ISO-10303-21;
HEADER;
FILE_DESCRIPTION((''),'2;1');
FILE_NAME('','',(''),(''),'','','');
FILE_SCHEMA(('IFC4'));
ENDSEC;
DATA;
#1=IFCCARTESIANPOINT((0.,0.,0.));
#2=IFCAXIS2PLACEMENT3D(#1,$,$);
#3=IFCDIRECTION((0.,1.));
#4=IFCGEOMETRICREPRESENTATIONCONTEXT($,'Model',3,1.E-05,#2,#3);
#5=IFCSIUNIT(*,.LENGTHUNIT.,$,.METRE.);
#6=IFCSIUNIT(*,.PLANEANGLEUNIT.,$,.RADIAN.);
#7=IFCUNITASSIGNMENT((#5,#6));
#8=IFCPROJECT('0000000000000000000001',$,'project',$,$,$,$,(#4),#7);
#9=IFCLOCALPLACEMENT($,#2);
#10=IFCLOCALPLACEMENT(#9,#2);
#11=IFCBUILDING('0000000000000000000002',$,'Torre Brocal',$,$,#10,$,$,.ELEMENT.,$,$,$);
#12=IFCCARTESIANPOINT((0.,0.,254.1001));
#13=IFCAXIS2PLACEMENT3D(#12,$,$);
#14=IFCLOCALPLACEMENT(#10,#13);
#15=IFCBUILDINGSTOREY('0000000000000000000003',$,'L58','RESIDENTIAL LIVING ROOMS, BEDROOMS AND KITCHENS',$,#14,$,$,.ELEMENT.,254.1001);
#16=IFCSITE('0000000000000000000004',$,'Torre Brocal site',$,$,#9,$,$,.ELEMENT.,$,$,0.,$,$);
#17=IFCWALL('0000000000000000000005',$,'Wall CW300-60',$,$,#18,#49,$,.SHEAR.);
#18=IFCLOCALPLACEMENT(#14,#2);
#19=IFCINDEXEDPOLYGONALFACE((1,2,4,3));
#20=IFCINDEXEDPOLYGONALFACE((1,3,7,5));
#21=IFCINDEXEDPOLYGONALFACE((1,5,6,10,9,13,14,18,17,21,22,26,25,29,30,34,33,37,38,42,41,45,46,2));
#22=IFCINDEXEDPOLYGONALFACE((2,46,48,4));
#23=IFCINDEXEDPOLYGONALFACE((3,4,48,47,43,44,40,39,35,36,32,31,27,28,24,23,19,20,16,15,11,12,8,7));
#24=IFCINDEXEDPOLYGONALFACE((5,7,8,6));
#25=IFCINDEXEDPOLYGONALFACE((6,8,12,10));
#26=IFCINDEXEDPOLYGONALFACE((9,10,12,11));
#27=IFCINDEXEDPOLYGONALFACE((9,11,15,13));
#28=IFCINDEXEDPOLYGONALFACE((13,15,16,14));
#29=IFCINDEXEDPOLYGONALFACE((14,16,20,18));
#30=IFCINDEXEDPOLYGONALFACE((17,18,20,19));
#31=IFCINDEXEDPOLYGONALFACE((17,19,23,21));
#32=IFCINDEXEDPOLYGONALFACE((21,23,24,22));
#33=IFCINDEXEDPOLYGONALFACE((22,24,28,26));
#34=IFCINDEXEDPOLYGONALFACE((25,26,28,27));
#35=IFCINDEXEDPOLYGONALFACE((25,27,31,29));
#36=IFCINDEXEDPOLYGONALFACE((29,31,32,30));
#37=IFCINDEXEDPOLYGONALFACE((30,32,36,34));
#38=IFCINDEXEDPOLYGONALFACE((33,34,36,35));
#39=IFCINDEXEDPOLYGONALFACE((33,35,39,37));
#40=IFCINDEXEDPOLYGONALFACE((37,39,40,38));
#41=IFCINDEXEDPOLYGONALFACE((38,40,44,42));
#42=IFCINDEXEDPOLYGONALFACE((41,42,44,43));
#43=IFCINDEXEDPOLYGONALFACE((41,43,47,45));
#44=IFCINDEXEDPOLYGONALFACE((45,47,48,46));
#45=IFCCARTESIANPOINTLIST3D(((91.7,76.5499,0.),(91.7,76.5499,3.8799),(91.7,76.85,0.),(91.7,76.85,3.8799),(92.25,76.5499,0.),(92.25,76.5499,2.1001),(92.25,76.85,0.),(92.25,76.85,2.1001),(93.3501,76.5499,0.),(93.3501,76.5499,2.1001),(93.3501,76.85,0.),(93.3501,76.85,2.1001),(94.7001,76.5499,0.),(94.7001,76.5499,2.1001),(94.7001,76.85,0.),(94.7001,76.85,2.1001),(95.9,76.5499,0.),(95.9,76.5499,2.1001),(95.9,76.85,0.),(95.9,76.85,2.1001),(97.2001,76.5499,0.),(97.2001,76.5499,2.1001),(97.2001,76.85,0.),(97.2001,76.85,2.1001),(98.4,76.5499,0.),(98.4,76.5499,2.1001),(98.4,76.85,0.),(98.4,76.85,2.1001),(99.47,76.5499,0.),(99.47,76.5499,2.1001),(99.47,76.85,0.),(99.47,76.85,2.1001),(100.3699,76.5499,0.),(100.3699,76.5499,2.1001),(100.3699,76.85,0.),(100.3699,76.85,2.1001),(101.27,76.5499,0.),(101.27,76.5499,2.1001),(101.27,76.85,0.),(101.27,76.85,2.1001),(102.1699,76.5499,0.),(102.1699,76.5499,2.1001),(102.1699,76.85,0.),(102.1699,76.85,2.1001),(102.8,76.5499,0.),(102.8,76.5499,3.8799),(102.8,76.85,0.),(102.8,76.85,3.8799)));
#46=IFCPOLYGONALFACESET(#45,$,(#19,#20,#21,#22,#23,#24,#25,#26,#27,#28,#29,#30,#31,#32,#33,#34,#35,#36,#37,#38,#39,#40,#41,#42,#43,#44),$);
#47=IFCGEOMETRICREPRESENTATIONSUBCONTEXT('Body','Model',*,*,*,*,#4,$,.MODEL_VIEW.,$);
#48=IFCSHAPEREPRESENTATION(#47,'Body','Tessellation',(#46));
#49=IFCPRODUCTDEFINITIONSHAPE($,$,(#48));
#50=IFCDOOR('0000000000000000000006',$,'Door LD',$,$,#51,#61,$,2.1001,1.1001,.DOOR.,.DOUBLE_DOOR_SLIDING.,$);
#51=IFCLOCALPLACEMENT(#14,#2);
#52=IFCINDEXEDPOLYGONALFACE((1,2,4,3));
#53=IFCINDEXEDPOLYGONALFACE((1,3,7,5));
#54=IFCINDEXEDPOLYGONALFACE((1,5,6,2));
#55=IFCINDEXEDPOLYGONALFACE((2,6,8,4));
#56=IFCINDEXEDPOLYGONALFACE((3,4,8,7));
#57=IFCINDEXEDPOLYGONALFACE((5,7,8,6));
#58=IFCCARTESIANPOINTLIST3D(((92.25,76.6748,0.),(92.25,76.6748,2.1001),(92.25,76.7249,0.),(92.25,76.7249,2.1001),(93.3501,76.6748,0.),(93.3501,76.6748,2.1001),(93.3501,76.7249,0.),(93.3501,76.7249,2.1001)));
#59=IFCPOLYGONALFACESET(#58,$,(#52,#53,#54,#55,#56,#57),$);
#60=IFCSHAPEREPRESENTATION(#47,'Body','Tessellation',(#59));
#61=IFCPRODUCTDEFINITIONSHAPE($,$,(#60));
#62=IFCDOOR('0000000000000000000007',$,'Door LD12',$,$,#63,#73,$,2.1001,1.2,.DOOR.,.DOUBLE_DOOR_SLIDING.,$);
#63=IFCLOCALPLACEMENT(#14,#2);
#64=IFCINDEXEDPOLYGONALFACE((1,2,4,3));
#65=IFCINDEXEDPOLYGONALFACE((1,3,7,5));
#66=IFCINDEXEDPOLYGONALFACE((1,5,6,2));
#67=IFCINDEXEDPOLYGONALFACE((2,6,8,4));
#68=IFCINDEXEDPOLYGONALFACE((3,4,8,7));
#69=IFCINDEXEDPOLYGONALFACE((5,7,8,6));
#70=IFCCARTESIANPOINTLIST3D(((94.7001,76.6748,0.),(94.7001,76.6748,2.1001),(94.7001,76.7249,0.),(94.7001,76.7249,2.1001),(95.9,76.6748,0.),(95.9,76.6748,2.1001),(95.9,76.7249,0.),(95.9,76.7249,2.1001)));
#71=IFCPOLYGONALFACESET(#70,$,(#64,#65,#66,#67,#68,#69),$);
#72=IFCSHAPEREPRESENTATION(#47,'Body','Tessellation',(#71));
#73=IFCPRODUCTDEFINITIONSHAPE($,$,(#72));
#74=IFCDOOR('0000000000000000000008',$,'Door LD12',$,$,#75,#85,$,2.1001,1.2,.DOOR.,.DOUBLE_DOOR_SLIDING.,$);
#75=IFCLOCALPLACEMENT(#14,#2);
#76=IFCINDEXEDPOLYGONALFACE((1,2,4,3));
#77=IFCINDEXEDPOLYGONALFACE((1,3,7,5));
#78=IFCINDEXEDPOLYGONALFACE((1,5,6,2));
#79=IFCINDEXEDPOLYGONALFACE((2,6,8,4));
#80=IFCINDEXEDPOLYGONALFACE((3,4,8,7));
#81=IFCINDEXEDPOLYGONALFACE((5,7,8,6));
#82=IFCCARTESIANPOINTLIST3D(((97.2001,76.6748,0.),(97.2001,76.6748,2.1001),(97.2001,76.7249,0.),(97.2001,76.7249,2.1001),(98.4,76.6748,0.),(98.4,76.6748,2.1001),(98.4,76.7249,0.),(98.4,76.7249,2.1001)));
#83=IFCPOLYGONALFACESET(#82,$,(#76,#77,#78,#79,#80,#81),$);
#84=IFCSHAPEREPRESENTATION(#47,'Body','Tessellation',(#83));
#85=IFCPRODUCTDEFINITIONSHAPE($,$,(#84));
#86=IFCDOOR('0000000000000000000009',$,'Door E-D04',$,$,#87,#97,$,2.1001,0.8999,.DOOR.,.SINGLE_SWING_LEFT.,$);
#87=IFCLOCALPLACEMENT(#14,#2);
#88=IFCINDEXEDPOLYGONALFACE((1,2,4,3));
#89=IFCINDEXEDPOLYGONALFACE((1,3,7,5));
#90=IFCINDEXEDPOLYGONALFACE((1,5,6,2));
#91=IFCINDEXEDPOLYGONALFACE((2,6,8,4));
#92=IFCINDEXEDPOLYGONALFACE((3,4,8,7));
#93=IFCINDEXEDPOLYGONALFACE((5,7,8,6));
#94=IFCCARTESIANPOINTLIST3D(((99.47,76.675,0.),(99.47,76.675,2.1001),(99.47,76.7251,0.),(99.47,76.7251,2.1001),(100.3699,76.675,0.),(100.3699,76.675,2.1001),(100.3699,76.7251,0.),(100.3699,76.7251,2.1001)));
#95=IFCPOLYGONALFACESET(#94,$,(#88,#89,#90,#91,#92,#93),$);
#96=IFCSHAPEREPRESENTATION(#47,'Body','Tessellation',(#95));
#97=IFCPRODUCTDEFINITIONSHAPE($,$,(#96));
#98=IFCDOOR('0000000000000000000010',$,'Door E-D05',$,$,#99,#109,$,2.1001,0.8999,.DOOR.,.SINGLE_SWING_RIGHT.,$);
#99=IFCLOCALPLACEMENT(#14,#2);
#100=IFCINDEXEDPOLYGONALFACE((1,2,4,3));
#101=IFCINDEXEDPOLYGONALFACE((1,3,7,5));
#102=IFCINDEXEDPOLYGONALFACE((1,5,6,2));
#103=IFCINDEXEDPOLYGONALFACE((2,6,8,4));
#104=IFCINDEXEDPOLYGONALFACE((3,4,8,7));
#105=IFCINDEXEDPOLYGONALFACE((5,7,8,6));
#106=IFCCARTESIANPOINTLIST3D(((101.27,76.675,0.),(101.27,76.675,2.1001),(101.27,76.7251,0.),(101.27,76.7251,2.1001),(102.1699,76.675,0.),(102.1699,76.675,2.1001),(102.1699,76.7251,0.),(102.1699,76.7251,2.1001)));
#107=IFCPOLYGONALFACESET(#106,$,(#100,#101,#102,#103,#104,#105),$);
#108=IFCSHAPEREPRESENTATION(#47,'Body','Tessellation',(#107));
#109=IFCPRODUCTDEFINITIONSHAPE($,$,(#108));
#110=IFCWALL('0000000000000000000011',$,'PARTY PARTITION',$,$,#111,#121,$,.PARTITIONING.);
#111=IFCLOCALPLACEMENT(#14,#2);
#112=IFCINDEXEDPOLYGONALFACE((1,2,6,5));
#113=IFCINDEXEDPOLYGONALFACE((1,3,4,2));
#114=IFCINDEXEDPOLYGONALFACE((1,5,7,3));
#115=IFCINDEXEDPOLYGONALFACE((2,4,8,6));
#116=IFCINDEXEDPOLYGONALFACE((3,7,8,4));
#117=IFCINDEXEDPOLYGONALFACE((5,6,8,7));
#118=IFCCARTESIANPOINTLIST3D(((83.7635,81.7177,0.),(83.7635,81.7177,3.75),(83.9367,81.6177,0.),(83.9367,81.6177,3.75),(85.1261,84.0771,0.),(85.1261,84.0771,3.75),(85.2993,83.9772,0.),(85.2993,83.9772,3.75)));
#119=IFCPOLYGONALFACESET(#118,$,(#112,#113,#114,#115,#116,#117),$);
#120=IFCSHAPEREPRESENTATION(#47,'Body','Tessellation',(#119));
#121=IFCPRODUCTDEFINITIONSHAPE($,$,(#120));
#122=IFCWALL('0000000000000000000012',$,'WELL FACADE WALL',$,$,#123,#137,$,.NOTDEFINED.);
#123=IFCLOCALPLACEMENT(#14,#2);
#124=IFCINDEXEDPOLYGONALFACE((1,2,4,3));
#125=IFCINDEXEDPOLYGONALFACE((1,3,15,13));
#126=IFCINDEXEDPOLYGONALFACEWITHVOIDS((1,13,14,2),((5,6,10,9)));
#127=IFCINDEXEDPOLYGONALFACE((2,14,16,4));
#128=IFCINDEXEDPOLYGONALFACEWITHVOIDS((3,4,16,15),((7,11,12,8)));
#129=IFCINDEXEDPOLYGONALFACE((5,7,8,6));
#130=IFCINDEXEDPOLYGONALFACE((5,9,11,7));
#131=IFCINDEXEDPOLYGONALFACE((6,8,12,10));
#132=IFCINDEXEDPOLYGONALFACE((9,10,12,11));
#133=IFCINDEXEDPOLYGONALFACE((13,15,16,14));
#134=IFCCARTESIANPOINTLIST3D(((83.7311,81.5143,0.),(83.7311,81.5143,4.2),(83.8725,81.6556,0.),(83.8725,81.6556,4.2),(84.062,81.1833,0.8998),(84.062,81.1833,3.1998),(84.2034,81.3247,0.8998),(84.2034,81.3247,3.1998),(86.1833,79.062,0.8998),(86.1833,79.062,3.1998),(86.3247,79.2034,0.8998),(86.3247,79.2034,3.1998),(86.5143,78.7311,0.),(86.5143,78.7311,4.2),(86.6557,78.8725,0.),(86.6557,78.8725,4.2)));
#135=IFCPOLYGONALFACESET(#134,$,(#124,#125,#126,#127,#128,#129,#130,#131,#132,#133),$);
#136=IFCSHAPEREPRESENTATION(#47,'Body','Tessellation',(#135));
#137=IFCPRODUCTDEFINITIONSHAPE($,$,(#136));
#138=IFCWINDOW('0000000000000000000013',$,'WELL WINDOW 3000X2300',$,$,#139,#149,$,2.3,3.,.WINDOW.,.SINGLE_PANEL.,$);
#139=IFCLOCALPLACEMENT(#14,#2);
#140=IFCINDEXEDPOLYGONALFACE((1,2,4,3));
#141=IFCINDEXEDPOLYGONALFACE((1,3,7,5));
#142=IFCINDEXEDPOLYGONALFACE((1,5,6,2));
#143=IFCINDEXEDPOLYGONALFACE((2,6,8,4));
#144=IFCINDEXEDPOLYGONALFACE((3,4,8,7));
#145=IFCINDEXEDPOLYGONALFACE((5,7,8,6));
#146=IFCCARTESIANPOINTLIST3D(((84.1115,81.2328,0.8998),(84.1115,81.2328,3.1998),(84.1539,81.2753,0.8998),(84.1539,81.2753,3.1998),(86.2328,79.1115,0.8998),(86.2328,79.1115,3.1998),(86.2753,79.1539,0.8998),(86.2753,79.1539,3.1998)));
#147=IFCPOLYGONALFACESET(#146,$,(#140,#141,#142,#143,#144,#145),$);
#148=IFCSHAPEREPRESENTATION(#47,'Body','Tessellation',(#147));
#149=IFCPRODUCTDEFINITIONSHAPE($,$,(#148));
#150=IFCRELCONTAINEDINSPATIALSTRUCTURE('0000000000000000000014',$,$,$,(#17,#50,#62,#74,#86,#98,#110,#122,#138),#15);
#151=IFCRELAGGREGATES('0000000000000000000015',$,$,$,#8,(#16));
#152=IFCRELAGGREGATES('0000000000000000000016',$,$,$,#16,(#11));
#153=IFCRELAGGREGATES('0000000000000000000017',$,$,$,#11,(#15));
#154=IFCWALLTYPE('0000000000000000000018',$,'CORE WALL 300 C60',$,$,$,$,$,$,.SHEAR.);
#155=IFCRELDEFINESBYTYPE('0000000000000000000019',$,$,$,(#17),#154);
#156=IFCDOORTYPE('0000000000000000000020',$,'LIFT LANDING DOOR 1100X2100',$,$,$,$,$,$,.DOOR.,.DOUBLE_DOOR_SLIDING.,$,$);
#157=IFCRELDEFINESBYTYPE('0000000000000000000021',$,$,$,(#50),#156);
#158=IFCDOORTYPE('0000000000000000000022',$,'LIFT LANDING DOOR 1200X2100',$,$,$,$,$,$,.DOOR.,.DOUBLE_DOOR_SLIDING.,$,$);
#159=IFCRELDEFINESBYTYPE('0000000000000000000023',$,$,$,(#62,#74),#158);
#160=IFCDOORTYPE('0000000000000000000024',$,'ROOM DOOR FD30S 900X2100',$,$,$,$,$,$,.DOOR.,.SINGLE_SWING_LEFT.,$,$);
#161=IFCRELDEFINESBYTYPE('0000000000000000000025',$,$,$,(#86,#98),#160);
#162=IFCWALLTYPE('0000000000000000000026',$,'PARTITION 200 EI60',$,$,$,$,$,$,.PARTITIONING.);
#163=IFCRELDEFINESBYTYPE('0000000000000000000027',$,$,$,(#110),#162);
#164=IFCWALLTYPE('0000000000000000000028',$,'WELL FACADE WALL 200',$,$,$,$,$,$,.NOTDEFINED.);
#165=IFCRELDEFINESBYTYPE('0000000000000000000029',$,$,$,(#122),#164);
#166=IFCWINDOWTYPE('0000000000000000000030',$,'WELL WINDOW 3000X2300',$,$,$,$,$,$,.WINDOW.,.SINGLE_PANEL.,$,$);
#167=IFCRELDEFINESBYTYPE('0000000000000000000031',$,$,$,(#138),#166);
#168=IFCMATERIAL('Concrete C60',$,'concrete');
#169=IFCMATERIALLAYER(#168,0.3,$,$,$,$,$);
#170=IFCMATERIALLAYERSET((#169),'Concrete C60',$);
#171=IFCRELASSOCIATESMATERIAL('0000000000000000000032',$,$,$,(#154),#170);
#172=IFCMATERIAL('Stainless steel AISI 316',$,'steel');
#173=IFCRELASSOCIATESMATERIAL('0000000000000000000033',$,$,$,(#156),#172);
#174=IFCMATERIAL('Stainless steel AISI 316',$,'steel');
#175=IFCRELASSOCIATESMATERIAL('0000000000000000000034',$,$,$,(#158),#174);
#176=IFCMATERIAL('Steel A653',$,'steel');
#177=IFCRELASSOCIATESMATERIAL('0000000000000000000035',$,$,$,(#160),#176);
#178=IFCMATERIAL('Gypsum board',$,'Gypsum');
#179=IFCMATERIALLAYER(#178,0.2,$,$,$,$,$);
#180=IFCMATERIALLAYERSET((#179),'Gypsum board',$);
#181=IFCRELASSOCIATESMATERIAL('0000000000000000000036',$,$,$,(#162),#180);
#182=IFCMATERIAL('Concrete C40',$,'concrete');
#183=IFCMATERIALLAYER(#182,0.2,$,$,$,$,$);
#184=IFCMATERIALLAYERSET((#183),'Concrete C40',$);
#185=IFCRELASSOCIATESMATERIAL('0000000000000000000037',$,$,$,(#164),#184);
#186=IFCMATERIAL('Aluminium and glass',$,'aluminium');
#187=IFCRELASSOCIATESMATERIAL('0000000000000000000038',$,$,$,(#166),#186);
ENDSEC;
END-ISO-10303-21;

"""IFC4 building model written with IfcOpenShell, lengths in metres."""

from ifc_helpers import new_model, si_unit, direction, frame, frame_2d, origin, place, context, subcontext, project, spatial, rectangle, extrude, material, layer, layer_set, type_object, element, fill, save


model = new_model("IFC4")

# Units and contexts
model_context = context("Model", 3, precision=1e-05, world=origin(), true_north=direction((0.0, 1.0)))
body_context = subcontext(model_context, "Body", "Model", "MODEL_VIEW")
ifc_project = project(units=[si_unit("LENGTHUNIT", "METRE"), si_unit("PLANEANGLEUNIT", "RADIAN")], contexts=[model_context])

# Site, building, storey
site_placement = place(None, origin())
site = spatial("IfcSite", under=ifc_project, at=site_placement, Name="Torre Brocal site", CompositionType="ELEMENT", RefElevation=0.0)
building_placement = place(site_placement, origin())
building = spatial("IfcBuilding", under=site, at=building_placement, Name="Torre Brocal", CompositionType="ELEMENT")
storey_placement = place(building_placement, frame((0.0, 0.0, 254.1001)))
storey = spatial("IfcBuildingStorey", under=building, at=storey_placement, Name="L58", Description="RESIDENTIAL LIVING ROOMS, BEDROOMS AND KITCHENS", CompositionType="ELEMENT", Elevation=254.1001)

# Shared definitions
ifc_material_1 = material(Name="Concrete C60", Category="concrete")
ifc_layer_1 = layer(ifc_material_1, 0.3)
ifc_layer_set_1 = layer_set([ifc_layer_1], Name="Concrete C60")
wall_type_1 = type_object("IfcWallType", Name="CORE WALL 300 C60", PredefinedType="SHEAR", material=ifc_layer_set_1)

# Wall, openings, doors
wall_1_placement = place(storey_placement, frame((91.7, 76.7, 0.0), z_axis=(0.0, 0.0, 1.0), x_axis=(1.0, 0.0, 0.0)))
wall_1 = element("IfcWall", 1, at=wall_1_placement, inside=storey, type_object=wall_type_1, Name="Wall CW300-60", PredefinedType="SHEAR", context=body_context, shape_type="SweptSolid", body=[
    extrude(rectangle(XDim=11.1001, YDim=0.3, at=frame_2d((5.55, 0.0))), origin(), (0.0, 0.0, 1.0), 3.8799),
])
opening_1_placement = place(wall_1_placement, frame((0.55, 0.0, 0.0)))
opening_1 = element("IfcOpeningElement", 2, at=opening_1_placement, cuts=wall_1, PredefinedType="OPENING", context=body_context, shape_type="SweptSolid", body=[
    extrude(rectangle(XDim=1.1001, YDim=2.1001, at=frame_2d((0.55, 1.05))), frame((0.0, 0.1599, 0.0), z_axis=(0.0, -1.0, 0.0), x_axis=(1.0, 0.0, 0.0)), (0.0, 0.0, 1.0), 0.3201),
])
opening_2_placement = place(wall_1_placement, frame((3.0, 0.0, 0.0)))
opening_2 = element("IfcOpeningElement", 3, at=opening_2_placement, cuts=wall_1, PredefinedType="OPENING", context=body_context, shape_type="SweptSolid", body=[
    extrude(rectangle(XDim=1.2, YDim=2.1001, at=frame_2d((0.6001, 1.05))), frame((0.0, 0.1599, 0.0), z_axis=(0.0, -1.0, 0.0), x_axis=(1.0, 0.0, 0.0)), (0.0, 0.0, 1.0), 0.3201),
])
opening_3_placement = place(wall_1_placement, frame((5.5, 0.0, 0.0)))
opening_3 = element("IfcOpeningElement", 4, at=opening_3_placement, cuts=wall_1, PredefinedType="OPENING", context=body_context, shape_type="SweptSolid", body=[
    extrude(rectangle(XDim=1.2, YDim=2.1001, at=frame_2d((0.6001, 1.05))), frame((0.0, 0.1599, 0.0), z_axis=(0.0, -1.0, 0.0), x_axis=(1.0, 0.0, 0.0)), (0.0, 0.0, 1.0), 0.3201),
])
opening_4_placement = place(wall_1_placement, frame((7.77, 0.0, 0.0)))
opening_4 = element("IfcOpeningElement", 5, at=opening_4_placement, cuts=wall_1, PredefinedType="OPENING", context=body_context, shape_type="SweptSolid", body=[
    extrude(rectangle(XDim=0.8999, YDim=2.1001, at=frame_2d((0.45, 1.05))), frame((0.0, 0.1599, 0.0), z_axis=(0.0, -1.0, 0.0), x_axis=(1.0, 0.0, 0.0)), (0.0, 0.0, 1.0), 0.3201),
])
opening_5_placement = place(wall_1_placement, frame((9.5701, 0.0, 0.0)))
opening_5 = element("IfcOpeningElement", 6, at=opening_5_placement, cuts=wall_1, PredefinedType="OPENING", context=body_context, shape_type="SweptSolid", body=[
    extrude(rectangle(XDim=0.8999, YDim=2.1001, at=frame_2d((0.45, 1.05))), frame((0.0, 0.1599, 0.0), z_axis=(0.0, -1.0, 0.0), x_axis=(1.0, 0.0, 0.0)), (0.0, 0.0, 1.0), 0.3201),
])
ifc_material_2 = material(Name="Stainless steel AISI 316", Category="steel")
door_type_1 = type_object("IfcDoorType", Name="LIFT LANDING DOOR 1100X2100", OperationType="DOUBLE_DOOR_SLIDING", PredefinedType="DOOR", material=ifc_material_2)
door_1_placement = place(opening_1_placement, origin())
door_1 = element("IfcDoor", 7, at=door_1_placement, inside=storey, type_object=door_type_1, Name="Door LD", OperationType="DOUBLE_DOOR_SLIDING", OverallHeight=2.1001, OverallWidth=1.1001, PredefinedType="DOOR", context=body_context, shape_type="SweptSolid", body=[
    extrude(rectangle(XDim=1.1001, YDim=2.1001, at=frame_2d((0.55, 1.05))), frame((0.0, 0.0249, 0.0), z_axis=(0.0, -1.0, 0.0), x_axis=(1.0, 0.0, 0.0)), (0.0, 0.0, 1.0), 0.05),
])
fill(opening_1, door_1)
ifc_material_3 = material(Name="Stainless steel AISI 316", Category="steel")
door_type_2 = type_object("IfcDoorType", Name="LIFT LANDING DOOR 1200X2100", OperationType="DOUBLE_DOOR_SLIDING", PredefinedType="DOOR", material=ifc_material_3)
door_2_placement = place(opening_2_placement, origin())
door_2 = element("IfcDoor", 8, at=door_2_placement, inside=storey, type_object=door_type_2, Name="Door LD12", OperationType="DOUBLE_DOOR_SLIDING", OverallHeight=2.1001, OverallWidth=1.2, PredefinedType="DOOR", context=body_context, shape_type="SweptSolid", body=[
    extrude(rectangle(XDim=1.2, YDim=2.1001, at=frame_2d((0.6001, 1.05))), frame((0.0, 0.0249, 0.0), z_axis=(0.0, -1.0, 0.0), x_axis=(1.0, 0.0, 0.0)), (0.0, 0.0, 1.0), 0.05),
])
fill(opening_2, door_2)
door_3_placement = place(opening_3_placement, origin())
door_3 = element("IfcDoor", 9, at=door_3_placement, inside=storey, type_object=door_type_2, Name="Door LD12", OperationType="DOUBLE_DOOR_SLIDING", OverallHeight=2.1001, OverallWidth=1.2, PredefinedType="DOOR", context=body_context, shape_type="SweptSolid", body=[
    extrude(rectangle(XDim=1.2, YDim=2.1001, at=frame_2d((0.6001, 1.05))), frame((0.0, 0.0249, 0.0), z_axis=(0.0, -1.0, 0.0), x_axis=(1.0, 0.0, 0.0)), (0.0, 0.0, 1.0), 0.05),
])
fill(opening_3, door_3)
ifc_material_4 = material(Name="Steel A653", Category="steel")
door_type_3 = type_object("IfcDoorType", Name="ROOM DOOR FD30S 900X2100", OperationType="SINGLE_SWING_LEFT", PredefinedType="DOOR", material=ifc_material_4)
door_4_placement = place(opening_4_placement, frame((0.8999, 0.0, 0.0), z_axis=(0.0, 0.0, 1.0), x_axis=(-1.0, 0.0, 0.0)))
door_4 = element("IfcDoor", 10, at=door_4_placement, inside=storey, type_object=door_type_3, Name="Door E-D04", OperationType="SINGLE_SWING_LEFT", OverallHeight=2.1001, OverallWidth=0.8999, PredefinedType="DOOR", context=body_context, shape_type="SweptSolid", body=[
    extrude(rectangle(XDim=0.8999, YDim=2.1001, at=frame_2d((0.45, 1.05))), frame((0.0, 0.0249, 0.0), z_axis=(0.0, -1.0, 0.0), x_axis=(1.0, 0.0, 0.0)), (0.0, 0.0, 1.0), 0.05),
])
fill(opening_4, door_4)
door_5_placement = place(opening_5_placement, frame((0.8999, 0.0, 0.0), z_axis=(0.0, 0.0, 1.0), x_axis=(-1.0, 0.0, 0.0)))
door_5 = element("IfcDoor", 11, at=door_5_placement, inside=storey, type_object=door_type_3, Name="Door E-D05", OperationType="SINGLE_SWING_RIGHT", OverallHeight=2.1001, OverallWidth=0.8999, PredefinedType="DOOR", context=body_context, shape_type="SweptSolid", body=[
    extrude(rectangle(XDim=0.8999, YDim=2.1001, at=frame_2d((0.45, 1.05))), frame((0.0, 0.0249, 0.0), z_axis=(0.0, -1.0, 0.0), x_axis=(1.0, 0.0, 0.0)), (0.0, 0.0, 1.0), 0.05),
])
fill(opening_5, door_5)

# Wall
ifc_material_5 = material(Name="Gypsum board", Category="Gypsum")
ifc_layer_2 = layer(ifc_material_5, 0.2)
ifc_layer_set_2 = layer_set([ifc_layer_2], Name="Gypsum board")
wall_type_2 = type_object("IfcWallType", Name="PARTITION 200 EI60", PredefinedType="PARTITIONING", material=ifc_layer_set_2)
wall_2_placement = place(storey_placement, frame((83.8501, 81.6677, 0.0), z_axis=(0.0, 0.0, 1.0), x_axis=(0.5001, 0.865968, 0.0)))
element("IfcWall", 12, at=wall_2_placement, inside=storey, type_object=wall_type_2, Name="PARTY PARTITION", PredefinedType="PARTITIONING", context=body_context, shape_type="SweptSolid", body=[
    extrude(rectangle(XDim=2.7246, YDim=0.2, at=frame_2d((1.3623, 0.0))), origin(), (0.0, 0.0, 1.0), 3.75),
])

# Wall, opening, window
ifc_material_6 = material(Name="Concrete C40", Category="concrete")
ifc_layer_3 = layer(ifc_material_6, 0.2)
ifc_layer_set_3 = layer_set([ifc_layer_3], Name="Concrete C40")
wall_type_3 = type_object("IfcWallType", Name="WELL FACADE WALL 200", PredefinedType="NOTDEFINED", material=ifc_layer_set_3)
wall_3_placement = place(storey_placement, frame((86.585, 78.8018, 0.0), z_axis=(0.0, 0.0, 1.0), x_axis=(-0.707107, 0.707107, 0.0)))
wall_3 = element("IfcWall", 13, at=wall_3_placement, inside=storey, type_object=wall_type_3, Name="WELL FACADE WALL", PredefinedType="NOTDEFINED", context=body_context, shape_type="SweptSolid", body=[
    extrude(rectangle(XDim=3.936, YDim=0.2, at=frame_2d((1.968, 0.0))), origin(), (0.0, 0.0, 1.0), 4.2),
])
opening_6_placement = place(wall_3_placement, frame((0.468, 0.0, 0.8999)))
opening_6 = element("IfcOpeningElement", 14, at=opening_6_placement, cuts=wall_3, PredefinedType="OPENING", context=body_context, shape_type="SweptSolid", body=[
    extrude(rectangle(XDim=3.0, YDim=2.3, at=frame_2d((1.5, 1.1499))), frame((0.0, 0.1099, 0.0), z_axis=(0.0, -1.0, 0.0), x_axis=(1.0, 0.0, 0.0)), (0.0, 0.0, 1.0), 0.22),
])
ifc_material_7 = material(Name="Aluminium and glass", Category="aluminium")
window_type = type_object("IfcWindowType", Name="WELL WINDOW 3000X2300", PartitioningType="SINGLE_PANEL", PredefinedType="WINDOW", material=ifc_material_7)
window_1_placement = place(opening_6_placement, origin())
window_1 = element("IfcWindow", 15, at=window_1_placement, inside=storey, type_object=window_type, Name="WELL WINDOW 3000X2300", OverallHeight=2.3, OverallWidth=3.0, PartitioningType="SINGLE_PANEL", PredefinedType="WINDOW", context=body_context, shape_type="SweptSolid", body=[
    extrude(rectangle(XDim=3.0, YDim=2.3, at=frame_2d((1.5, 1.1499))), frame((0.0, 0.03, 0.0), z_axis=(0.0, -1.0, 0.0), x_axis=(1.0, 0.0, 0.0)), (0.0, 0.0, 1.0), 0.0601),
])
fill(opening_6, window_1)

save(model, "model.ifc")
